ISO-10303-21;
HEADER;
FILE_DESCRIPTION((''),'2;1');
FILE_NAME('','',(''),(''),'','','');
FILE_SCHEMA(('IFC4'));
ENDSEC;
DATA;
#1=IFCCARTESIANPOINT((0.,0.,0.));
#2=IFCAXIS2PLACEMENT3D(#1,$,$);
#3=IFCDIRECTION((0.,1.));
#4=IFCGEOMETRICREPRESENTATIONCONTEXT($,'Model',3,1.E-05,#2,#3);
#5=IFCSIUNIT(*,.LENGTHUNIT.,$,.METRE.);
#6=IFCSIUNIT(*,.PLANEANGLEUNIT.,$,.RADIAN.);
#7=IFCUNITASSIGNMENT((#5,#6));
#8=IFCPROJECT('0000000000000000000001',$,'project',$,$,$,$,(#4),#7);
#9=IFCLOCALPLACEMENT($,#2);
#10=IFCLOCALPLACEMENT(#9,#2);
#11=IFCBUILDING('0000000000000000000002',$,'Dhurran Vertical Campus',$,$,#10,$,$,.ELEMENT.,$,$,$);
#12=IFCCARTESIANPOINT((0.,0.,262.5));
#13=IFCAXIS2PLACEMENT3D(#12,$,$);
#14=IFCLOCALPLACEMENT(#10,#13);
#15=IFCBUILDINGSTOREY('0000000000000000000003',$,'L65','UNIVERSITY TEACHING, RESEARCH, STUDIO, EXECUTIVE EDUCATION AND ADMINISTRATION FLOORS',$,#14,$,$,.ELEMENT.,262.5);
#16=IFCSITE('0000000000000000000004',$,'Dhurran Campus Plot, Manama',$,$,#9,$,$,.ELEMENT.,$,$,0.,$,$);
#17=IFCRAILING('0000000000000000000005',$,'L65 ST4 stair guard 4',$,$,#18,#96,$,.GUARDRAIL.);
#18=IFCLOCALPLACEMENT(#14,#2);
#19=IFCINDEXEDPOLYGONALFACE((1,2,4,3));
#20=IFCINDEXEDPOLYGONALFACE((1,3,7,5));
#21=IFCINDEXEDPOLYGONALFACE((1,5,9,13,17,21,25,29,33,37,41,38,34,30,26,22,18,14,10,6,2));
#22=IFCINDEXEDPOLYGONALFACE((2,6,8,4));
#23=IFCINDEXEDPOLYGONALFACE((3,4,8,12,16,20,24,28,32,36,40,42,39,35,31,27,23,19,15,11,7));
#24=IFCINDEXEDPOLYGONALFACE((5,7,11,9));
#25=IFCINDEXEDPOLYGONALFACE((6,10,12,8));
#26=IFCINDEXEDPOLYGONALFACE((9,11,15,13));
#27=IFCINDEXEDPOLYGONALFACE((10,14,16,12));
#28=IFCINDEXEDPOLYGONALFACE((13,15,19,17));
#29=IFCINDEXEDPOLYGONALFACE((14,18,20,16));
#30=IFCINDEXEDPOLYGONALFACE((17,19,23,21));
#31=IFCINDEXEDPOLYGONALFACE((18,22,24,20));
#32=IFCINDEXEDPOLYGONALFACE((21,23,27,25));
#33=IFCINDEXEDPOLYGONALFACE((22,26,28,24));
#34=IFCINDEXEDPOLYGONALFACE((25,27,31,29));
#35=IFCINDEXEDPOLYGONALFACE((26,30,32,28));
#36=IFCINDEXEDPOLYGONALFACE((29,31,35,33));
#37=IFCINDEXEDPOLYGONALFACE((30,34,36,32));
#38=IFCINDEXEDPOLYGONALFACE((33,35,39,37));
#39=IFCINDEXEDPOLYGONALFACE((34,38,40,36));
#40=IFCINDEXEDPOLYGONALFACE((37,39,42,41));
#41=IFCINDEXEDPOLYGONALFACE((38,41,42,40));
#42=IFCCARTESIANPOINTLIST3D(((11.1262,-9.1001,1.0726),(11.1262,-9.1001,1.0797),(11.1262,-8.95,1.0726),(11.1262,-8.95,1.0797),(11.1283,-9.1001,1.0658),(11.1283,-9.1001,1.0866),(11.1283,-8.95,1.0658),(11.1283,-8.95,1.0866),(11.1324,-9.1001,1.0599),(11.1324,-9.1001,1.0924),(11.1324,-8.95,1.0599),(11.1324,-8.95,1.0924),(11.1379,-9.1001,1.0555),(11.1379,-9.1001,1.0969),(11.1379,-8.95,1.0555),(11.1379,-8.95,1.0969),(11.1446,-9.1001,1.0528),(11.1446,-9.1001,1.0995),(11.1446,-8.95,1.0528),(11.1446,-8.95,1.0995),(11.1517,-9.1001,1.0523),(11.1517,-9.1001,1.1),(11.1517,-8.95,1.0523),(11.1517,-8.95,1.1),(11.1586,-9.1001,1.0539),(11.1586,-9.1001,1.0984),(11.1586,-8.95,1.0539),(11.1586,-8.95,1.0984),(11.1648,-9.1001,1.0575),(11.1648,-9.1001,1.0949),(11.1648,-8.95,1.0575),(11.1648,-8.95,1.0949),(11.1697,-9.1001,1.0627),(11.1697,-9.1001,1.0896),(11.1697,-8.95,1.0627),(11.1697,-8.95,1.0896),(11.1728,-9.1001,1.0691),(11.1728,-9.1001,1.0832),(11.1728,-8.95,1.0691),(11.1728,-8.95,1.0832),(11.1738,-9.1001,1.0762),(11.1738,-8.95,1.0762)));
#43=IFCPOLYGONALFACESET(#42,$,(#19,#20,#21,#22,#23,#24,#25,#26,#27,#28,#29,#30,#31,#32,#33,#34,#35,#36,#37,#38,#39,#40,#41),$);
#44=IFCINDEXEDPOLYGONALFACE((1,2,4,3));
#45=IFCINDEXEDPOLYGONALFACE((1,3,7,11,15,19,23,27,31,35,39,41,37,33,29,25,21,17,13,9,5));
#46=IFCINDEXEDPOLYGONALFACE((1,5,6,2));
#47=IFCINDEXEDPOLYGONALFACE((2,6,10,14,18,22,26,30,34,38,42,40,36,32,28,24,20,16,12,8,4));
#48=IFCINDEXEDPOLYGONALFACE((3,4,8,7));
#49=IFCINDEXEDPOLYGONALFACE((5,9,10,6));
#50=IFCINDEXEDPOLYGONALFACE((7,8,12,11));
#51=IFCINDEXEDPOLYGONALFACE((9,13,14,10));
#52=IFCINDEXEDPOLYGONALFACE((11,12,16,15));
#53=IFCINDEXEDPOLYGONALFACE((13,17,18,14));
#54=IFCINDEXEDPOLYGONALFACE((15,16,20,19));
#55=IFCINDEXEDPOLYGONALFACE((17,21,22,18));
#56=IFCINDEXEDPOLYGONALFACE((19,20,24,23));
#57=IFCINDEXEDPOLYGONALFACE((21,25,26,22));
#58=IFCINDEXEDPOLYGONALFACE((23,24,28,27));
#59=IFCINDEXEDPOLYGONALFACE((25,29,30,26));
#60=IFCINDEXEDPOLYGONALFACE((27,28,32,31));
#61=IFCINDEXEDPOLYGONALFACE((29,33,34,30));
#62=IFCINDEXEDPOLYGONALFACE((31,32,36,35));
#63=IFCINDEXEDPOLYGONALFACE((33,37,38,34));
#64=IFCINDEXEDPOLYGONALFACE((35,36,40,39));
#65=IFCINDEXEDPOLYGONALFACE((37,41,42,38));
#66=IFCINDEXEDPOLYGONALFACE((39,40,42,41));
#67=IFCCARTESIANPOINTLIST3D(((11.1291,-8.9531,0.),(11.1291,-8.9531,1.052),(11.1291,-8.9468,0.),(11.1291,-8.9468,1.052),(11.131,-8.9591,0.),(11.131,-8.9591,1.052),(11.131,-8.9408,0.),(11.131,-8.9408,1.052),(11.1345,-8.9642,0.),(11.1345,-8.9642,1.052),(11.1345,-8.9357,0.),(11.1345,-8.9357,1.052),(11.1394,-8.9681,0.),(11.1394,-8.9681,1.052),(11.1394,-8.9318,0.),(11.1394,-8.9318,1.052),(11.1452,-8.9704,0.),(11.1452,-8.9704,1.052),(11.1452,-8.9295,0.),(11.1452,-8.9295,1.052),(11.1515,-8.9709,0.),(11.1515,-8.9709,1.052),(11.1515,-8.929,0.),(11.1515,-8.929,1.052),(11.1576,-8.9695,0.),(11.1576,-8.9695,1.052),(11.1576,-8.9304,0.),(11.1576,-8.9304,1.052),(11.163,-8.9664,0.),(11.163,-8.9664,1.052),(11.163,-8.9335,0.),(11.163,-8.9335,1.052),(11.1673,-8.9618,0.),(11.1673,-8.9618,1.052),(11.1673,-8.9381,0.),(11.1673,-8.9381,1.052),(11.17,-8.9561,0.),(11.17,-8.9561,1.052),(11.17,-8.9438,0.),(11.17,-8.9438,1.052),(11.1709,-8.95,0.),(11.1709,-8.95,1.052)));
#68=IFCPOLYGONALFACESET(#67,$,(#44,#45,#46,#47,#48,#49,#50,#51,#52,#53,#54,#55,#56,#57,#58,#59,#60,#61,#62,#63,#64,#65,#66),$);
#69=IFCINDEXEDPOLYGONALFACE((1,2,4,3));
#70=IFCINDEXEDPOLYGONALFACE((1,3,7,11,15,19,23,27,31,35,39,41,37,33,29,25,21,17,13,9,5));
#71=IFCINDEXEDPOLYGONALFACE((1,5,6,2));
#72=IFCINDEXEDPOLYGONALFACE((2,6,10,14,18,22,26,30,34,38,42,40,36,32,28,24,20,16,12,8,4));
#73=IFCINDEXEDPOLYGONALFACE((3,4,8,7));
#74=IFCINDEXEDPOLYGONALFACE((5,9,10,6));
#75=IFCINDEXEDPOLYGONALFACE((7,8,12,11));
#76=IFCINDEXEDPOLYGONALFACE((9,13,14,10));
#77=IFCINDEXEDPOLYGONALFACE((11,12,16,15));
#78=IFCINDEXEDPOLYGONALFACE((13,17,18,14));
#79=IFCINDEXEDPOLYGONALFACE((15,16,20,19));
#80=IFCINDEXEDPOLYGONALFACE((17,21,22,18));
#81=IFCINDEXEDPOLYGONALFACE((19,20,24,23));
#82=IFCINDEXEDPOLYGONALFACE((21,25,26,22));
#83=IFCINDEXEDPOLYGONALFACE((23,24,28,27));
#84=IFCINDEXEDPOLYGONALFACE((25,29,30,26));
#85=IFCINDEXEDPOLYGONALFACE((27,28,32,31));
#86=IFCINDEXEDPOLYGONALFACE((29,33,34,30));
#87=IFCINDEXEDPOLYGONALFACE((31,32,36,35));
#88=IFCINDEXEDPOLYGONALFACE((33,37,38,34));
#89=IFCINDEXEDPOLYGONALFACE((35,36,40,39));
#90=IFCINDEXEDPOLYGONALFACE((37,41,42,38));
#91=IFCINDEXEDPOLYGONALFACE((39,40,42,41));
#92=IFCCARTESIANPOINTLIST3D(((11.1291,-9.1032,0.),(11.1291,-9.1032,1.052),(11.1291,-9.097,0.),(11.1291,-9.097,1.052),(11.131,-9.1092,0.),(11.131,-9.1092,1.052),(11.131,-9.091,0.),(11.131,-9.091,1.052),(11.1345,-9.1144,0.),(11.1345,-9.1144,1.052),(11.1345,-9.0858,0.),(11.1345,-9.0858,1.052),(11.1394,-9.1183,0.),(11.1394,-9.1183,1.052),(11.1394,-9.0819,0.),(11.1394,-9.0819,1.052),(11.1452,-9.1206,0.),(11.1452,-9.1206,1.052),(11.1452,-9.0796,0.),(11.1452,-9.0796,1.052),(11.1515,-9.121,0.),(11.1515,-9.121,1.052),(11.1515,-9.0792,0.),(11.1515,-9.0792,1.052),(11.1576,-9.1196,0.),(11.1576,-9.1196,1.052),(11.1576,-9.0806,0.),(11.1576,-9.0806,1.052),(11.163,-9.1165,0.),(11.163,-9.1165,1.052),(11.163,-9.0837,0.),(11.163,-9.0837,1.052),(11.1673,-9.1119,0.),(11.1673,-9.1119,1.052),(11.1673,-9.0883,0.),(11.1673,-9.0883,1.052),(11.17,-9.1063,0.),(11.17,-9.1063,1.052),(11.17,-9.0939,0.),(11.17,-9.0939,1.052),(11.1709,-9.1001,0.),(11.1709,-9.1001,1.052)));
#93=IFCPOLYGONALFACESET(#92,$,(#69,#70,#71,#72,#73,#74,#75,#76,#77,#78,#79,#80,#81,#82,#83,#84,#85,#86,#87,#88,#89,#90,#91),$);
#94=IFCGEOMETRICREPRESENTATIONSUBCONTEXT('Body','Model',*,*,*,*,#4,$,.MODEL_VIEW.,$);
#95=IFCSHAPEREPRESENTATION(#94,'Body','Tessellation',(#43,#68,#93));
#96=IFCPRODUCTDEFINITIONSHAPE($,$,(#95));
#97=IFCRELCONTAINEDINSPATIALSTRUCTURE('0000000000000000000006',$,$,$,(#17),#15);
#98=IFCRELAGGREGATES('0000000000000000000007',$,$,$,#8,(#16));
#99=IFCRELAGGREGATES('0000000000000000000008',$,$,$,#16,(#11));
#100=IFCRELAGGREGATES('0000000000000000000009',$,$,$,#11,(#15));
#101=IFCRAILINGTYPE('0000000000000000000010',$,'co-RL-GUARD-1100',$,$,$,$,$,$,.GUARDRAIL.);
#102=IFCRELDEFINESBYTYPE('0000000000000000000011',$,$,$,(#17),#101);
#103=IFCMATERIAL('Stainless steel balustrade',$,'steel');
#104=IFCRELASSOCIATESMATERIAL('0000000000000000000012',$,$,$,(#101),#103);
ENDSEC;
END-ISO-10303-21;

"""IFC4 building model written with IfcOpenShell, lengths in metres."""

from ifc_helpers import new_model, si_unit, direction, frame, origin, origin_2d, place, context, subcontext, project, spatial, circle, extrude, material, type_object, element, save


model = new_model("IFC4")

# Units and contexts
model_context = context("Model", 3, precision=1e-05, world=origin(), true_north=direction((0.0, 1.0)))
body_context = subcontext(model_context, "Body", "Model", "MODEL_VIEW")
ifc_project = project(units=[si_unit("LENGTHUNIT", "METRE"), si_unit("PLANEANGLEUNIT", "RADIAN")], contexts=[model_context])

# Site, building, storey
site_placement = place(None, origin())
site = spatial("IfcSite", under=ifc_project, at=site_placement, Name="Dhurran Campus Plot, Manama", CompositionType="ELEMENT", RefElevation=0.0)
building_placement = place(site_placement, origin())
building = spatial("IfcBuilding", under=site, at=building_placement, Name="Dhurran Vertical Campus", CompositionType="ELEMENT")
storey_placement = place(building_placement, frame((0.0, 0.0, 262.5)))
storey = spatial("IfcBuildingStorey", under=building, at=storey_placement, Name="L65", Description="UNIVERSITY TEACHING, RESEARCH, STUDIO, EXECUTIVE EDUCATION AND ADMINISTRATION FLOORS", CompositionType="ELEMENT", Elevation=262.5)

# Railing
ifc_material_1 = material(Name="Stainless steel balustrade", Category="steel")
railing_type_1 = type_object("IfcRailingType", Name="co-RL-GUARD-1100", PredefinedType="GUARDRAIL", material=ifc_material_1)
railing_1_placement = place(storey_placement, frame((11.1499, -8.95, 0.0)))
element("IfcRailing", 1, at=railing_1_placement, inside=storey, type_object=railing_type_1, Name="L65 ST4 stair guard 4", PredefinedType="GUARDRAIL", context=body_context, shape_type="SweptSolid", body=[
    extrude(circle(Radius=0.0239, at=origin_2d()), frame((0.0, 0.0, 1.0762), z_axis=(0.0, -1.0, 0.0), x_axis=(1.0, 0.0, 0.0)), (0.0, 0.0, 1.0), 0.1501),
    extrude(circle(Radius=0.021, at=origin_2d()), origin(), (0.0, 0.0, 1.0), 1.052),
    extrude(circle(Radius=0.021, at=origin_2d()), frame((0.0, -0.1501, 0.0)), (0.0, 0.0, 1.0), 1.052),
])

save(model, "model.ifc")
